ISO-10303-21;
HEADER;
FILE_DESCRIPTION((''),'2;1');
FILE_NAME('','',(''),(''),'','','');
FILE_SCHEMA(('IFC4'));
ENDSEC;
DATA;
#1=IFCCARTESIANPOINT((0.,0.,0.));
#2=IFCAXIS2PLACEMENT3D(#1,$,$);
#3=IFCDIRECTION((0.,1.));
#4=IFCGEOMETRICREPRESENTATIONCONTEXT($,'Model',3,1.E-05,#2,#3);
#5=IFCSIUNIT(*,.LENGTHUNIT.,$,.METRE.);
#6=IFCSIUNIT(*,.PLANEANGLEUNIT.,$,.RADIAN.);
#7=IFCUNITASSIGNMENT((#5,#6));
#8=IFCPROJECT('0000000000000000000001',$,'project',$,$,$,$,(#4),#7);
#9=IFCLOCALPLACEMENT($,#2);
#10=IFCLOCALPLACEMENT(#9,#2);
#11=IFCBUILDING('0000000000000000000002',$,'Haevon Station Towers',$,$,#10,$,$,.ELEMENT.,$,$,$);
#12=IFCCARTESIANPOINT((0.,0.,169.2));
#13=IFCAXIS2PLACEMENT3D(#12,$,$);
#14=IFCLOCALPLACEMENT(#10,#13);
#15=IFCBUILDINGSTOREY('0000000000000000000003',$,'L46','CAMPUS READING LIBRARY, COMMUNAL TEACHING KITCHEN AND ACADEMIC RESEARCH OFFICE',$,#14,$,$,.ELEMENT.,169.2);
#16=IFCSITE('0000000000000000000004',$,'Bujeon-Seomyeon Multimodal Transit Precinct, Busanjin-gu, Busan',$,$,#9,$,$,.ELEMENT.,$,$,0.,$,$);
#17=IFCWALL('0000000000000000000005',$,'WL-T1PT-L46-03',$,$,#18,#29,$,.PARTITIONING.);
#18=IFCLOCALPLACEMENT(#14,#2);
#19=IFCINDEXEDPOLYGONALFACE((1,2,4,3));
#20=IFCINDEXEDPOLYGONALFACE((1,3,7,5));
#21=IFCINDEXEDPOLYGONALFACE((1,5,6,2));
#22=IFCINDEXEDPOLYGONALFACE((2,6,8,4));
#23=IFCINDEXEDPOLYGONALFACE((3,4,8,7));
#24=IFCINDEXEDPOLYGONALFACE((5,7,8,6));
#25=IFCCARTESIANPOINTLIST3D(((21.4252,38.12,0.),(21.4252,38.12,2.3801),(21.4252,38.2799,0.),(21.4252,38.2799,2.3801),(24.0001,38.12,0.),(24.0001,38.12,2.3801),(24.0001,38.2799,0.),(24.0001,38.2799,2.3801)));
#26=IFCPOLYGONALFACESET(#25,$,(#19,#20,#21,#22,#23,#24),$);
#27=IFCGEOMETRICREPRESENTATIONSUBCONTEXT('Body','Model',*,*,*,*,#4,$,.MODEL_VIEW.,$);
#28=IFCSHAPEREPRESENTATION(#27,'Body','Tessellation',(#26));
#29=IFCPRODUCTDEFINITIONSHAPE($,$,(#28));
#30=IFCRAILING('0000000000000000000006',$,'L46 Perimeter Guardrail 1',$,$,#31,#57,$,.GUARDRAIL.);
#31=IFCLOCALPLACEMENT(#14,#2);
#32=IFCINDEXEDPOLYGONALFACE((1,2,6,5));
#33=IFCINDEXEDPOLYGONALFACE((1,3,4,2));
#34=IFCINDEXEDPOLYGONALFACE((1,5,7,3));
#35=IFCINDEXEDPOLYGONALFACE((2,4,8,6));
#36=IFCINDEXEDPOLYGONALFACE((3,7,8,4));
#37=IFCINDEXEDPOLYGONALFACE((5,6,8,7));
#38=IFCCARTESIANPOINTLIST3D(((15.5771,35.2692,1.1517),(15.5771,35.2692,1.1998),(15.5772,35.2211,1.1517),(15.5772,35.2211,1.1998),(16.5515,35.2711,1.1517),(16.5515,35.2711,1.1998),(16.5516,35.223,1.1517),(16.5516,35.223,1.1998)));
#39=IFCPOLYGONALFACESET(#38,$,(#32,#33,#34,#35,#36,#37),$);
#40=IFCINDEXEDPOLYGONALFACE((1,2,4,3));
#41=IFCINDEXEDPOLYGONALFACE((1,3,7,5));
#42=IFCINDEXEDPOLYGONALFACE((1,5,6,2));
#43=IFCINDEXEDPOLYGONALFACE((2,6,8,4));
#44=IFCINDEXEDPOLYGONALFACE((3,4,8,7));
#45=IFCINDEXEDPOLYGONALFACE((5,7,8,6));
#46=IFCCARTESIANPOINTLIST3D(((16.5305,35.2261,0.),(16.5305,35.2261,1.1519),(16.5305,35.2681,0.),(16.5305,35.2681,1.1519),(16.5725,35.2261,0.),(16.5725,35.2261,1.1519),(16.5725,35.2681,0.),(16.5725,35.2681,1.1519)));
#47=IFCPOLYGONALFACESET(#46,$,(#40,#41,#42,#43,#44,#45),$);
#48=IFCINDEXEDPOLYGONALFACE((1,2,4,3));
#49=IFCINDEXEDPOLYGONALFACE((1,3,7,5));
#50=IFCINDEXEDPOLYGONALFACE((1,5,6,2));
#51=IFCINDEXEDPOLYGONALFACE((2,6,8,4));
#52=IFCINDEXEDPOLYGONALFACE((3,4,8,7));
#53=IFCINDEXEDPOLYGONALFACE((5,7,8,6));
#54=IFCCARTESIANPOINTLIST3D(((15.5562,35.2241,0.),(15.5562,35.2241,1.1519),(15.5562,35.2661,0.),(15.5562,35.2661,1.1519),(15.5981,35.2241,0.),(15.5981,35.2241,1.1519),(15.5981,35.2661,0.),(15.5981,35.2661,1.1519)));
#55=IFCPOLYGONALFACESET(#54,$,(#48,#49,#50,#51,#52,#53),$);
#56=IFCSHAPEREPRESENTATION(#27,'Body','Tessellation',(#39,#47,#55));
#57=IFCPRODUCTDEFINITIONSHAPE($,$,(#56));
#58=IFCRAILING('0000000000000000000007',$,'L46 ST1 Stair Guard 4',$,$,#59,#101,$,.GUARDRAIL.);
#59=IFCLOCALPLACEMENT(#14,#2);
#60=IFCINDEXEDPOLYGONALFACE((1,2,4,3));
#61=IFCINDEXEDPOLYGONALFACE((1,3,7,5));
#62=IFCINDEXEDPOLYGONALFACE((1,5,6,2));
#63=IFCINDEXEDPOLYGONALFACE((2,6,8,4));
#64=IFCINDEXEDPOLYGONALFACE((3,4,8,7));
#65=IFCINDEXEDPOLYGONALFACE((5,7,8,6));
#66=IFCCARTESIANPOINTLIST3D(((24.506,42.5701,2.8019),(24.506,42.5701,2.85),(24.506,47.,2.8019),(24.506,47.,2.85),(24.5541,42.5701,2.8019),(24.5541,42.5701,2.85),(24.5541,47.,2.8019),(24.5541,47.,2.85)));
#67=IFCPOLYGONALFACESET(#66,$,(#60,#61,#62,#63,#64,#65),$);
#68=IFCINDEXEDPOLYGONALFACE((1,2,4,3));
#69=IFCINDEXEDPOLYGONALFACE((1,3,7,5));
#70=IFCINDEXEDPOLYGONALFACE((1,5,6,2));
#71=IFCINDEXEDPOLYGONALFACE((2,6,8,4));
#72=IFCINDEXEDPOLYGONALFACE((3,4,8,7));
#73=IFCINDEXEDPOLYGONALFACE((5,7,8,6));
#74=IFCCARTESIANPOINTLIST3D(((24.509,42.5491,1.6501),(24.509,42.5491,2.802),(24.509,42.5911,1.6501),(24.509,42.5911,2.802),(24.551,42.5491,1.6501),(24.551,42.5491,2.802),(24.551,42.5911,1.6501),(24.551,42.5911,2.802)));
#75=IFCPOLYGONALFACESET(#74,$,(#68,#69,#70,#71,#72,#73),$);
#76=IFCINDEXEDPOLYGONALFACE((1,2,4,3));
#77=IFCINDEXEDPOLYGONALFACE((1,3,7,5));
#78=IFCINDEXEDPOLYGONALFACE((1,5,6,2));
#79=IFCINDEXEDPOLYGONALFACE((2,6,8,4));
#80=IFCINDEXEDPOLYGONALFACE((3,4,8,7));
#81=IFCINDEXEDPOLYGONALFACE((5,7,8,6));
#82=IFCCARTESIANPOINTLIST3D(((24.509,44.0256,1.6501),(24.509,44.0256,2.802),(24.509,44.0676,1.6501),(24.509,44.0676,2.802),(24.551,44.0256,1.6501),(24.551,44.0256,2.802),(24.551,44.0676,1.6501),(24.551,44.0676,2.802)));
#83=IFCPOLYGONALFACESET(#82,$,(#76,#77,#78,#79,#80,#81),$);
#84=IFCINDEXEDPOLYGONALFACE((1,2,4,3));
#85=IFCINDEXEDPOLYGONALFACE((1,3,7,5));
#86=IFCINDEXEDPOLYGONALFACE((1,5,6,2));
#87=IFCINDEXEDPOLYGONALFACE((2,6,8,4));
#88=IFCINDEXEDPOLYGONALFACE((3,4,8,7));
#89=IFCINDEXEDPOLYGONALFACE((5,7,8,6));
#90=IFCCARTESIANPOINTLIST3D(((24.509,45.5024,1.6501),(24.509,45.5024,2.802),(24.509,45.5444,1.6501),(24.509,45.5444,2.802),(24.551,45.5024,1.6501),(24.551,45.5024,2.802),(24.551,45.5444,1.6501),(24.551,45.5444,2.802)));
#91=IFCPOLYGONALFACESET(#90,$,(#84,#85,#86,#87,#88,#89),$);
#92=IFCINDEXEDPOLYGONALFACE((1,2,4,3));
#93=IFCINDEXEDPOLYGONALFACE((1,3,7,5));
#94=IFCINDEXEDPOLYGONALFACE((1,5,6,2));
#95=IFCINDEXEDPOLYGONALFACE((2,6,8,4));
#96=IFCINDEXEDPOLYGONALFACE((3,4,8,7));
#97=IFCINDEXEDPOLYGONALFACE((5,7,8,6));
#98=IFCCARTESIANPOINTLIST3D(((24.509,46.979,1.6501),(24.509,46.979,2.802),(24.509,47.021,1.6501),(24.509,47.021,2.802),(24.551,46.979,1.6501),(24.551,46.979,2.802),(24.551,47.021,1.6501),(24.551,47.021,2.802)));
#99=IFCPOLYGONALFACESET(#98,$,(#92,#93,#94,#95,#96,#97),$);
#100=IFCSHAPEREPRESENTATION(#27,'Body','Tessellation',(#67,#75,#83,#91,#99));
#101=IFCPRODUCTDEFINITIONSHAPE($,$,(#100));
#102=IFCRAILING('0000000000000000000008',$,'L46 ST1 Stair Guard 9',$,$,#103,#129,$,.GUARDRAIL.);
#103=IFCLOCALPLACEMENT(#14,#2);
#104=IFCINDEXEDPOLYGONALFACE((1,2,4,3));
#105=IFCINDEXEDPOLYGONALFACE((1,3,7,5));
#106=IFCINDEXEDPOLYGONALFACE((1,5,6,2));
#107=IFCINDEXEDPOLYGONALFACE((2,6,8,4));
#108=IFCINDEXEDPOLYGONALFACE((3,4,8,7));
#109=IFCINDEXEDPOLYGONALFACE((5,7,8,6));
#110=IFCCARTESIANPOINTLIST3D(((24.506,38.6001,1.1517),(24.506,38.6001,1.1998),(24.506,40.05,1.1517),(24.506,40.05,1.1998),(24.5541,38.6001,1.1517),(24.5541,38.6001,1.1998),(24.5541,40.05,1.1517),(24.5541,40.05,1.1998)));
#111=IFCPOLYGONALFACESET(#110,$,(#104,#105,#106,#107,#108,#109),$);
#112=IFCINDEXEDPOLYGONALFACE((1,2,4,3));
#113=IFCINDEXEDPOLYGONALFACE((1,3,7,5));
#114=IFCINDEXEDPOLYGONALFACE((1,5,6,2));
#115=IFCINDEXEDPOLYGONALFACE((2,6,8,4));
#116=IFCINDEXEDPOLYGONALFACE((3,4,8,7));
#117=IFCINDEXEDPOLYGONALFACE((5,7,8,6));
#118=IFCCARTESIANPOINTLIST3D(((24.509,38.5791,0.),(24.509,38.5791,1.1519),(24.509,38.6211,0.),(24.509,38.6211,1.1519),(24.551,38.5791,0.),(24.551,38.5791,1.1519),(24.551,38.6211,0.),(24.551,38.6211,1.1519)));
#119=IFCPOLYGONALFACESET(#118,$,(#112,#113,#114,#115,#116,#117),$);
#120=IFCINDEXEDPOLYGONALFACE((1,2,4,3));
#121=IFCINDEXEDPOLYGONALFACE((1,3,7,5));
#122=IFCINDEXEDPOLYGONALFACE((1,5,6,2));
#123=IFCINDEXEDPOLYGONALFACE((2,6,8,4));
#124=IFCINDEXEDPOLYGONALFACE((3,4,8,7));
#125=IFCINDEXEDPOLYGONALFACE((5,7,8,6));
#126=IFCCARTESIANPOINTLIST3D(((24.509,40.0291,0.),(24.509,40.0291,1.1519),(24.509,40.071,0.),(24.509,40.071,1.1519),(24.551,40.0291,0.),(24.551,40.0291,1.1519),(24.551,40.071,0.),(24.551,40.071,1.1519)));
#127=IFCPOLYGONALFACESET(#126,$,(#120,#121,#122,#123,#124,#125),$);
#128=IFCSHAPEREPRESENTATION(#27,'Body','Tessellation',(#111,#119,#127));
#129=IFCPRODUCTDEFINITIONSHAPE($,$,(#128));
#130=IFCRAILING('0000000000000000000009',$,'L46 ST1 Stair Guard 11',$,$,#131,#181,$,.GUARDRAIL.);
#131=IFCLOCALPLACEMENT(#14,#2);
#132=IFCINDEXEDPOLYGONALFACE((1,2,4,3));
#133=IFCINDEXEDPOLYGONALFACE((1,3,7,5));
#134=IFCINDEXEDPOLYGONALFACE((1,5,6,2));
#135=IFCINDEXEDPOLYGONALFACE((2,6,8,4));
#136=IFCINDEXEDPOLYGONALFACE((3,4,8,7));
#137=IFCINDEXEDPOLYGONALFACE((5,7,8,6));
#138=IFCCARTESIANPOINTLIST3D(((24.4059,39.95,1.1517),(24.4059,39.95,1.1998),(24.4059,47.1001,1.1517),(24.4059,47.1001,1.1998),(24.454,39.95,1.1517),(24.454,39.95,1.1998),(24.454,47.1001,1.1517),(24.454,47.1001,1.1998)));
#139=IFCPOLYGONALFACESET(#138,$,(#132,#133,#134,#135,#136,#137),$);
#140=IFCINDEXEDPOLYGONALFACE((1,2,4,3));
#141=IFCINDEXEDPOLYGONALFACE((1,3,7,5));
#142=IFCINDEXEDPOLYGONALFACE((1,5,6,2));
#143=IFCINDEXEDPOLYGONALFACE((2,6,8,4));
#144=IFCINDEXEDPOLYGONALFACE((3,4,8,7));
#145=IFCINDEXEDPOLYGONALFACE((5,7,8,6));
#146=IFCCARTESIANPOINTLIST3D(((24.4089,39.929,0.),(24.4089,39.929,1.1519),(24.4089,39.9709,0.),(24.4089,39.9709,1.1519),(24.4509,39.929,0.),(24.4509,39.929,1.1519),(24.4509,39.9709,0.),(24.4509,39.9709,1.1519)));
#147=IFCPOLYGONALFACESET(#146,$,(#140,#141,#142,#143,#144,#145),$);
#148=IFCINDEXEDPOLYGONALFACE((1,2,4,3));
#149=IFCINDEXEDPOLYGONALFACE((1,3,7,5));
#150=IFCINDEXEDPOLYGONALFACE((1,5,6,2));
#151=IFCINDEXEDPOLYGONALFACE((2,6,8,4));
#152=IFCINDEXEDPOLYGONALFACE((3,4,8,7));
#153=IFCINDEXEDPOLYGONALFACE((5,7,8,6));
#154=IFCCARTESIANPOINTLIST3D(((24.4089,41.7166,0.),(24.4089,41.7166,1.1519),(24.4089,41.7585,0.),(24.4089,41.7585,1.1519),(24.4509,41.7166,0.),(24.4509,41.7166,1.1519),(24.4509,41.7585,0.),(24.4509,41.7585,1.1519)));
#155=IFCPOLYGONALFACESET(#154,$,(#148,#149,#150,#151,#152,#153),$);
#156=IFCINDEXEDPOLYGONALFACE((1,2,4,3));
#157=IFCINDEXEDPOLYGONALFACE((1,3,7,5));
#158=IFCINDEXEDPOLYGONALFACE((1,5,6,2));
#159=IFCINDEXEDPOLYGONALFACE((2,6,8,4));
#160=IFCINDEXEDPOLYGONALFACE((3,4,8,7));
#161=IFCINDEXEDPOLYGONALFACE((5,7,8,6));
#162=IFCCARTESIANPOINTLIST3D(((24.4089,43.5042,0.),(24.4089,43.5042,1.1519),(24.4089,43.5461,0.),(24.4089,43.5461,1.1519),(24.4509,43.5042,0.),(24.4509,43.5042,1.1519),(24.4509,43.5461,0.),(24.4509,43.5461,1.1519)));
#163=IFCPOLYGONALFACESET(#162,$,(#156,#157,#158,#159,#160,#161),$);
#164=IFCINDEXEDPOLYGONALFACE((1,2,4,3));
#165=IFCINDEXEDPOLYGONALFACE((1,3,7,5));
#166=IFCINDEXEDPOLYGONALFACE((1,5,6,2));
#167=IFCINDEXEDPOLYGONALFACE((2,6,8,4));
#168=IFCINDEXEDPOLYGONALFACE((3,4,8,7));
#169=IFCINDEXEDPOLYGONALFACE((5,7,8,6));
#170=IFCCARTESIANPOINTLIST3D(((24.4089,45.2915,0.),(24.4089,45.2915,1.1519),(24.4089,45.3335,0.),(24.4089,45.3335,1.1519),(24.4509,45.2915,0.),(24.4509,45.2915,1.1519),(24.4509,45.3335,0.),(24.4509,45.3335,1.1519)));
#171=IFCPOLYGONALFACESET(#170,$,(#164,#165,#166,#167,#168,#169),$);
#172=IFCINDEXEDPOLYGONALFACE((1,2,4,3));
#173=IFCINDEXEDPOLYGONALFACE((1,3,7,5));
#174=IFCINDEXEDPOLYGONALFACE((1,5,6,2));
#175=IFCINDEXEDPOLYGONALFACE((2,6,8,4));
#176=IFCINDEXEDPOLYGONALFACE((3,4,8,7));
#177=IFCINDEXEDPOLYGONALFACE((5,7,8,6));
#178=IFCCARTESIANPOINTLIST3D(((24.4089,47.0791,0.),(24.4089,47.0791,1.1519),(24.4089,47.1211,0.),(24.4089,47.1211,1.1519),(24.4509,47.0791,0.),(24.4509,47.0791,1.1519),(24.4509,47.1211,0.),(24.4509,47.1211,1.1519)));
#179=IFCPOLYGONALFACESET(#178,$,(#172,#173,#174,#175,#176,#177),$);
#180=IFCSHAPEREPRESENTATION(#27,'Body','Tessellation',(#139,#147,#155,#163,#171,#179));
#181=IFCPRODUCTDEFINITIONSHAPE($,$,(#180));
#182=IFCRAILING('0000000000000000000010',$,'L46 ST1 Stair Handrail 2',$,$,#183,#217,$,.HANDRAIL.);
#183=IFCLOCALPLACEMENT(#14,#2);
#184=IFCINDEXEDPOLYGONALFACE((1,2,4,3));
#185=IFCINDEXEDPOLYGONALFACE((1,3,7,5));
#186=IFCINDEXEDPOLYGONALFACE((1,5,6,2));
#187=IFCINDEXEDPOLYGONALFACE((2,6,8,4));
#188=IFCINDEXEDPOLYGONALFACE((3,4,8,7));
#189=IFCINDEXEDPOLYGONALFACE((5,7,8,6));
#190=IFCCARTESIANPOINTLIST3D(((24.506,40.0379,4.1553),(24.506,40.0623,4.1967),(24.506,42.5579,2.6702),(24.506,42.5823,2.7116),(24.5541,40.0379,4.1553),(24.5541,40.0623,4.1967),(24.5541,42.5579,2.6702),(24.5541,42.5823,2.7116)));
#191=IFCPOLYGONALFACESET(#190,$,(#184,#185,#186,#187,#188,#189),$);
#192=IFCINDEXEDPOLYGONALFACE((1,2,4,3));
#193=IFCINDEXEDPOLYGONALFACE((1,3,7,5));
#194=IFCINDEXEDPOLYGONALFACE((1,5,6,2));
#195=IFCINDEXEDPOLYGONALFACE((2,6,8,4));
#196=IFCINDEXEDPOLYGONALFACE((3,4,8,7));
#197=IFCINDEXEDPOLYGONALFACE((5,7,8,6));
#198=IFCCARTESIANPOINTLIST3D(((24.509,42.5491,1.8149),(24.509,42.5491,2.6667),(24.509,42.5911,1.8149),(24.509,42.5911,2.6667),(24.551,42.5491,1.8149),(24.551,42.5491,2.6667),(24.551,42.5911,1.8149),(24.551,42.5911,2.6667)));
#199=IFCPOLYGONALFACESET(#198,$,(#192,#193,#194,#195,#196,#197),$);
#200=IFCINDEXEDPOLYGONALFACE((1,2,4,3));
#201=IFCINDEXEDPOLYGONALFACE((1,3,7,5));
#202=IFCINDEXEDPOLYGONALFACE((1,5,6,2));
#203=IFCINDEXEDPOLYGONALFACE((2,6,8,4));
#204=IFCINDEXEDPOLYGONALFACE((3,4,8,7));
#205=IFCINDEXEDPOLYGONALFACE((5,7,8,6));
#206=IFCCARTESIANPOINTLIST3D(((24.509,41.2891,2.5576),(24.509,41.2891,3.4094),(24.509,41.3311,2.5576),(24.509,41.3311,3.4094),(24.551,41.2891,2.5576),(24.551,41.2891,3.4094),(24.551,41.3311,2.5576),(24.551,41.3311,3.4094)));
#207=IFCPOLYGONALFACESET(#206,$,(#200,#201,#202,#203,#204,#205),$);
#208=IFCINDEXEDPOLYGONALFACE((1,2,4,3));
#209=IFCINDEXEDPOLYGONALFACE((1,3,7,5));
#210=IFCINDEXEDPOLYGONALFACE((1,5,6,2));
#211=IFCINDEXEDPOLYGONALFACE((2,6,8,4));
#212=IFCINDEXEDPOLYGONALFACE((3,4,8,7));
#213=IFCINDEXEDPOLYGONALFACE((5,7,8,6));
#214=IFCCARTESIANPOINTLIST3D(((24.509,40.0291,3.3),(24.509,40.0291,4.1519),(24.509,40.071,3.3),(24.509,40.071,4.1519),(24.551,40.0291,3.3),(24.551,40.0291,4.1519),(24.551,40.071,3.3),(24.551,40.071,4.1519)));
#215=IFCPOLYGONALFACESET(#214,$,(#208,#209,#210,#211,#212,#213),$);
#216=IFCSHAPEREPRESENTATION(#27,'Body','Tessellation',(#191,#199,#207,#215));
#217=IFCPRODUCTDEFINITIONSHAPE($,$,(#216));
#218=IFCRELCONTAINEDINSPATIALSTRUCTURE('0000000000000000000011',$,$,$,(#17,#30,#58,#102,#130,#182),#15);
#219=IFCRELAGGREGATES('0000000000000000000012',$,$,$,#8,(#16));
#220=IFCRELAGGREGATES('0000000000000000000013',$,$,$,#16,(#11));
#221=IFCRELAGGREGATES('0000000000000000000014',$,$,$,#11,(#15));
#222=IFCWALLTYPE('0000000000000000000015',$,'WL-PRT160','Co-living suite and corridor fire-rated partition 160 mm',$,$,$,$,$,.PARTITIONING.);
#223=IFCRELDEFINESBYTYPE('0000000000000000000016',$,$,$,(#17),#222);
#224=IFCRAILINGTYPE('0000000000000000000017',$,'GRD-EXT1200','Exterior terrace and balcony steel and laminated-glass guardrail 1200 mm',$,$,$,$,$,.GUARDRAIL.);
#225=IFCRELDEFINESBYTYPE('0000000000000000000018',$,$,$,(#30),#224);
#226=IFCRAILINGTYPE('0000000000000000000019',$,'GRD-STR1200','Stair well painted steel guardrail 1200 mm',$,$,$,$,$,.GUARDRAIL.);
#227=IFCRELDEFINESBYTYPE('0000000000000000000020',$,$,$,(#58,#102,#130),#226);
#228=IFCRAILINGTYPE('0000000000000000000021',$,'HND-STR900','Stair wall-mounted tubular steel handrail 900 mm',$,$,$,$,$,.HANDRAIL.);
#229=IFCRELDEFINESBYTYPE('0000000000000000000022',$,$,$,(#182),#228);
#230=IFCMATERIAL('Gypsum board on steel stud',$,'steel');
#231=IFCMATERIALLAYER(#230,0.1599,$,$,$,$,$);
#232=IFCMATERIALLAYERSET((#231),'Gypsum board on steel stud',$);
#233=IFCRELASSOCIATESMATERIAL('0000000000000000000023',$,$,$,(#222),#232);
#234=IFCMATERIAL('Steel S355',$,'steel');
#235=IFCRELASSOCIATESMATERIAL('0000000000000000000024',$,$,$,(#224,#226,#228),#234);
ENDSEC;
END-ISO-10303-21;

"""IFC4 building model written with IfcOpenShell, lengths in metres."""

from ifc_helpers import new_model, si_unit, direction, frame, frame_2d, origin, origin_2d, place, context, subcontext, project, spatial, rectangle, extrude, material, layer, layer_set, type_object, element, save


model = new_model("IFC4")

# Units and contexts
model_context = context("Model", 3, precision=1e-05, world=origin(), true_north=direction((0.0, 1.0)))
body_context = subcontext(model_context, "Body", "Model", "MODEL_VIEW")
ifc_project = project(units=[si_unit("LENGTHUNIT", "METRE"), si_unit("PLANEANGLEUNIT", "RADIAN")], contexts=[model_context])

# Site, building, storey
site_placement = place(None, origin())
site = spatial("IfcSite", under=ifc_project, at=site_placement, Name="Bujeon-Seomyeon Multimodal Transit Precinct, Busanjin-gu, Busan", CompositionType="ELEMENT", RefElevation=0.0)
building_placement = place(site_placement, origin())
building = spatial("IfcBuilding", under=site, at=building_placement, Name="Haevon Station Towers", CompositionType="ELEMENT")
storey_placement = place(building_placement, frame((0.0, 0.0, 169.2)))
storey = spatial("IfcBuildingStorey", under=building, at=storey_placement, Name="L46", Description="CAMPUS READING LIBRARY, COMMUNAL TEACHING KITCHEN AND ACADEMIC RESEARCH OFFICE", CompositionType="ELEMENT", Elevation=169.2)

# Shared definitions
ifc_material_1 = material(Name="Steel S355", Category="steel")

# Shared definitions
ifc_material_2 = material(Name="Gypsum board on steel stud", Category="steel")

# Wall
ifc_layer_1 = layer(ifc_material_2, 0.1599)
ifc_layer_set_1 = layer_set([ifc_layer_1], Name="Gypsum board on steel stud")
wall_type_1 = type_object("IfcWallType", Name="WL-PRT160", Description="Co-living suite and corridor fire-rated partition 160 mm", PredefinedType="PARTITIONING", material=ifc_layer_set_1)
wall_1_placement = place(storey_placement, frame((21.425, 38.2, 0.0), z_axis=(0.0, 0.0, 1.0), x_axis=(1.0, 0.0, 0.0)))
element("IfcWall", 1, at=wall_1_placement, inside=storey, type_object=wall_type_1, Name="WL-T1PT-L46-03", PredefinedType="PARTITIONING", context=body_context, shape_type="SweptSolid", body=[
    extrude(rectangle(XDim=2.575, YDim=0.1599, at=frame_2d((1.2876, 0.0))), origin(), (0.0, 0.0, 1.0), 2.3801),
])

# Railings
railing_type_1 = type_object("IfcRailingType", Name="GRD-EXT1200", Description="Exterior terrace and balcony steel and laminated-glass guardrail 1200 mm", PredefinedType="GUARDRAIL", material=ifc_material_1)
railing_1_placement = place(storey_placement, frame((16.5515, 35.2471, 0.0)))
element("IfcRailing", 2, at=railing_1_placement, inside=storey, type_object=railing_type_1, Name="L46 Perimeter Guardrail 1", PredefinedType="GUARDRAIL", context=body_context, shape_type="SweptSolid", body=[
    extrude(rectangle(XDim=0.0481, YDim=0.0481, at=origin_2d()), frame((0.0, 0.0, 1.1758), z_axis=(-0.999998, -0.002005, 0.0), x_axis=(0.002005, -0.999998, 0.0)), (0.0, 0.0, 1.0), 0.9744),
    extrude(rectangle(XDim=0.042, YDim=0.042, at=origin_2d()), origin(), (0.0, 0.0, 1.0), 1.1519),
    extrude(rectangle(XDim=0.042, YDim=0.042, at=origin_2d()), frame((-0.9744, -0.002, 0.0)), (0.0, 0.0, 1.0), 1.1519),
])
railing_type_2 = type_object("IfcRailingType", Name="GRD-STR1200", Description="Stair well painted steel guardrail 1200 mm", PredefinedType="GUARDRAIL", material=ifc_material_1)
railing_2_placement = place(storey_placement, frame((24.53, 42.5701, 1.6501)))
element("IfcRailing", 3, at=railing_2_placement, inside=storey, type_object=railing_type_2, Name="L46 ST1 Stair Guard 4", PredefinedType="GUARDRAIL", context=body_context, shape_type="SweptSolid", body=[
    extrude(rectangle(XDim=0.0481, YDim=0.0481, at=origin_2d()), frame((0.0, 0.0, 1.1758), z_axis=(0.0, 1.0, 0.0), x_axis=(-1.0, 0.0, 0.0)), (0.0, 0.0, 1.0), 4.4299),
    extrude(rectangle(XDim=0.042, YDim=0.042, at=origin_2d()), origin(), (0.0, 0.0, 1.0), 1.1519),
    extrude(rectangle(XDim=0.042, YDim=0.042, at=origin_2d()), frame((0.0, 1.4766, 0.0)), (0.0, 0.0, 1.0), 1.1519),
    extrude(rectangle(XDim=0.042, YDim=0.042, at=origin_2d()), frame((0.0, 2.9534, 0.0)), (0.0, 0.0, 1.0), 1.1519),
    extrude(rectangle(XDim=0.042, YDim=0.042, at=origin_2d()), frame((0.0, 4.4299, 0.0)), (0.0, 0.0, 1.0), 1.1519),
])
railing_3_placement = place(storey_placement, frame((24.53, 38.6001, 0.0)))
element("IfcRailing", 4, at=railing_3_placement, inside=storey, type_object=railing_type_2, Name="L46 ST1 Stair Guard 9", PredefinedType="GUARDRAIL", context=body_context, shape_type="SweptSolid", body=[
    extrude(rectangle(XDim=0.0481, YDim=0.0481, at=origin_2d()), frame((0.0, 0.0, 1.1758), z_axis=(0.0, 1.0, 0.0), x_axis=(-1.0, 0.0, 0.0)), (0.0, 0.0, 1.0), 1.45),
    extrude(rectangle(XDim=0.042, YDim=0.042, at=origin_2d()), origin(), (0.0, 0.0, 1.0), 1.1519),
    extrude(rectangle(XDim=0.042, YDim=0.042, at=origin_2d()), frame((0.0, 1.45, 0.0)), (0.0, 0.0, 1.0), 1.1519),
])
railing_4_placement = place(storey_placement, frame((24.4299, 39.95, 0.0)))
element("IfcRailing", 5, at=railing_4_placement, inside=storey, type_object=railing_type_2, Name="L46 ST1 Stair Guard 11", PredefinedType="GUARDRAIL", context=body_context, shape_type="SweptSolid", body=[
    extrude(rectangle(XDim=0.0481, YDim=0.0481, at=origin_2d()), frame((0.0, 0.0, 1.1758), z_axis=(0.0, 1.0, 0.0), x_axis=(-1.0, 0.0, 0.0)), (0.0, 0.0, 1.0), 7.1501),
    extrude(rectangle(XDim=0.042, YDim=0.042, at=origin_2d()), origin(), (0.0, 0.0, 1.0), 1.1519),
    extrude(rectangle(XDim=0.042, YDim=0.042, at=origin_2d()), frame((0.0, 1.7876, 0.0)), (0.0, 0.0, 1.0), 1.1519),
    extrude(rectangle(XDim=0.042, YDim=0.042, at=origin_2d()), frame((0.0, 3.5752, 0.0)), (0.0, 0.0, 1.0), 1.1519),
    extrude(rectangle(XDim=0.042, YDim=0.042, at=origin_2d()), frame((0.0, 5.3625, 0.0)), (0.0, 0.0, 1.0), 1.1519),
    extrude(rectangle(XDim=0.042, YDim=0.042, at=origin_2d()), frame((0.0, 7.1501, 0.0)), (0.0, 0.0, 1.0), 1.1519),
])
railing_type_3 = type_object("IfcRailingType", Name="HND-STR900", Description="Stair wall-mounted tubular steel handrail 900 mm", PredefinedType="HANDRAIL", material=ifc_material_1)
railing_5_placement = place(storey_placement, frame((24.53, 42.5701, 1.8149)))
element("IfcRailing", 6, at=railing_5_placement, inside=storey, type_object=railing_type_3, Name="L46 ST1 Stair Handrail 2", PredefinedType="HANDRAIL", context=body_context, shape_type="SweptSolid", body=[
    extrude(rectangle(XDim=0.0481, YDim=0.0481, at=origin_2d()), frame((0.0, 0.0, 0.876), z_axis=(0.0, -0.861524, 0.507717), x_axis=(1.0, 0.0, 0.0)), (0.0, 0.0, 1.0), 2.925),
    extrude(rectangle(XDim=0.042, YDim=0.042, at=origin_2d()), origin(), (0.0, 0.0, 1.0), 0.8518),
    extrude(rectangle(XDim=0.042, YDim=0.042, at=origin_2d()), frame((0.0, -1.26, 0.7427)), (0.0, 0.0, 1.0), 0.8518),
    extrude(rectangle(XDim=0.042, YDim=0.042, at=origin_2d()), frame((0.0, -2.52, 1.4851)), (0.0, 0.0, 1.0), 0.8518),
])

save(model, "model.ifc")
